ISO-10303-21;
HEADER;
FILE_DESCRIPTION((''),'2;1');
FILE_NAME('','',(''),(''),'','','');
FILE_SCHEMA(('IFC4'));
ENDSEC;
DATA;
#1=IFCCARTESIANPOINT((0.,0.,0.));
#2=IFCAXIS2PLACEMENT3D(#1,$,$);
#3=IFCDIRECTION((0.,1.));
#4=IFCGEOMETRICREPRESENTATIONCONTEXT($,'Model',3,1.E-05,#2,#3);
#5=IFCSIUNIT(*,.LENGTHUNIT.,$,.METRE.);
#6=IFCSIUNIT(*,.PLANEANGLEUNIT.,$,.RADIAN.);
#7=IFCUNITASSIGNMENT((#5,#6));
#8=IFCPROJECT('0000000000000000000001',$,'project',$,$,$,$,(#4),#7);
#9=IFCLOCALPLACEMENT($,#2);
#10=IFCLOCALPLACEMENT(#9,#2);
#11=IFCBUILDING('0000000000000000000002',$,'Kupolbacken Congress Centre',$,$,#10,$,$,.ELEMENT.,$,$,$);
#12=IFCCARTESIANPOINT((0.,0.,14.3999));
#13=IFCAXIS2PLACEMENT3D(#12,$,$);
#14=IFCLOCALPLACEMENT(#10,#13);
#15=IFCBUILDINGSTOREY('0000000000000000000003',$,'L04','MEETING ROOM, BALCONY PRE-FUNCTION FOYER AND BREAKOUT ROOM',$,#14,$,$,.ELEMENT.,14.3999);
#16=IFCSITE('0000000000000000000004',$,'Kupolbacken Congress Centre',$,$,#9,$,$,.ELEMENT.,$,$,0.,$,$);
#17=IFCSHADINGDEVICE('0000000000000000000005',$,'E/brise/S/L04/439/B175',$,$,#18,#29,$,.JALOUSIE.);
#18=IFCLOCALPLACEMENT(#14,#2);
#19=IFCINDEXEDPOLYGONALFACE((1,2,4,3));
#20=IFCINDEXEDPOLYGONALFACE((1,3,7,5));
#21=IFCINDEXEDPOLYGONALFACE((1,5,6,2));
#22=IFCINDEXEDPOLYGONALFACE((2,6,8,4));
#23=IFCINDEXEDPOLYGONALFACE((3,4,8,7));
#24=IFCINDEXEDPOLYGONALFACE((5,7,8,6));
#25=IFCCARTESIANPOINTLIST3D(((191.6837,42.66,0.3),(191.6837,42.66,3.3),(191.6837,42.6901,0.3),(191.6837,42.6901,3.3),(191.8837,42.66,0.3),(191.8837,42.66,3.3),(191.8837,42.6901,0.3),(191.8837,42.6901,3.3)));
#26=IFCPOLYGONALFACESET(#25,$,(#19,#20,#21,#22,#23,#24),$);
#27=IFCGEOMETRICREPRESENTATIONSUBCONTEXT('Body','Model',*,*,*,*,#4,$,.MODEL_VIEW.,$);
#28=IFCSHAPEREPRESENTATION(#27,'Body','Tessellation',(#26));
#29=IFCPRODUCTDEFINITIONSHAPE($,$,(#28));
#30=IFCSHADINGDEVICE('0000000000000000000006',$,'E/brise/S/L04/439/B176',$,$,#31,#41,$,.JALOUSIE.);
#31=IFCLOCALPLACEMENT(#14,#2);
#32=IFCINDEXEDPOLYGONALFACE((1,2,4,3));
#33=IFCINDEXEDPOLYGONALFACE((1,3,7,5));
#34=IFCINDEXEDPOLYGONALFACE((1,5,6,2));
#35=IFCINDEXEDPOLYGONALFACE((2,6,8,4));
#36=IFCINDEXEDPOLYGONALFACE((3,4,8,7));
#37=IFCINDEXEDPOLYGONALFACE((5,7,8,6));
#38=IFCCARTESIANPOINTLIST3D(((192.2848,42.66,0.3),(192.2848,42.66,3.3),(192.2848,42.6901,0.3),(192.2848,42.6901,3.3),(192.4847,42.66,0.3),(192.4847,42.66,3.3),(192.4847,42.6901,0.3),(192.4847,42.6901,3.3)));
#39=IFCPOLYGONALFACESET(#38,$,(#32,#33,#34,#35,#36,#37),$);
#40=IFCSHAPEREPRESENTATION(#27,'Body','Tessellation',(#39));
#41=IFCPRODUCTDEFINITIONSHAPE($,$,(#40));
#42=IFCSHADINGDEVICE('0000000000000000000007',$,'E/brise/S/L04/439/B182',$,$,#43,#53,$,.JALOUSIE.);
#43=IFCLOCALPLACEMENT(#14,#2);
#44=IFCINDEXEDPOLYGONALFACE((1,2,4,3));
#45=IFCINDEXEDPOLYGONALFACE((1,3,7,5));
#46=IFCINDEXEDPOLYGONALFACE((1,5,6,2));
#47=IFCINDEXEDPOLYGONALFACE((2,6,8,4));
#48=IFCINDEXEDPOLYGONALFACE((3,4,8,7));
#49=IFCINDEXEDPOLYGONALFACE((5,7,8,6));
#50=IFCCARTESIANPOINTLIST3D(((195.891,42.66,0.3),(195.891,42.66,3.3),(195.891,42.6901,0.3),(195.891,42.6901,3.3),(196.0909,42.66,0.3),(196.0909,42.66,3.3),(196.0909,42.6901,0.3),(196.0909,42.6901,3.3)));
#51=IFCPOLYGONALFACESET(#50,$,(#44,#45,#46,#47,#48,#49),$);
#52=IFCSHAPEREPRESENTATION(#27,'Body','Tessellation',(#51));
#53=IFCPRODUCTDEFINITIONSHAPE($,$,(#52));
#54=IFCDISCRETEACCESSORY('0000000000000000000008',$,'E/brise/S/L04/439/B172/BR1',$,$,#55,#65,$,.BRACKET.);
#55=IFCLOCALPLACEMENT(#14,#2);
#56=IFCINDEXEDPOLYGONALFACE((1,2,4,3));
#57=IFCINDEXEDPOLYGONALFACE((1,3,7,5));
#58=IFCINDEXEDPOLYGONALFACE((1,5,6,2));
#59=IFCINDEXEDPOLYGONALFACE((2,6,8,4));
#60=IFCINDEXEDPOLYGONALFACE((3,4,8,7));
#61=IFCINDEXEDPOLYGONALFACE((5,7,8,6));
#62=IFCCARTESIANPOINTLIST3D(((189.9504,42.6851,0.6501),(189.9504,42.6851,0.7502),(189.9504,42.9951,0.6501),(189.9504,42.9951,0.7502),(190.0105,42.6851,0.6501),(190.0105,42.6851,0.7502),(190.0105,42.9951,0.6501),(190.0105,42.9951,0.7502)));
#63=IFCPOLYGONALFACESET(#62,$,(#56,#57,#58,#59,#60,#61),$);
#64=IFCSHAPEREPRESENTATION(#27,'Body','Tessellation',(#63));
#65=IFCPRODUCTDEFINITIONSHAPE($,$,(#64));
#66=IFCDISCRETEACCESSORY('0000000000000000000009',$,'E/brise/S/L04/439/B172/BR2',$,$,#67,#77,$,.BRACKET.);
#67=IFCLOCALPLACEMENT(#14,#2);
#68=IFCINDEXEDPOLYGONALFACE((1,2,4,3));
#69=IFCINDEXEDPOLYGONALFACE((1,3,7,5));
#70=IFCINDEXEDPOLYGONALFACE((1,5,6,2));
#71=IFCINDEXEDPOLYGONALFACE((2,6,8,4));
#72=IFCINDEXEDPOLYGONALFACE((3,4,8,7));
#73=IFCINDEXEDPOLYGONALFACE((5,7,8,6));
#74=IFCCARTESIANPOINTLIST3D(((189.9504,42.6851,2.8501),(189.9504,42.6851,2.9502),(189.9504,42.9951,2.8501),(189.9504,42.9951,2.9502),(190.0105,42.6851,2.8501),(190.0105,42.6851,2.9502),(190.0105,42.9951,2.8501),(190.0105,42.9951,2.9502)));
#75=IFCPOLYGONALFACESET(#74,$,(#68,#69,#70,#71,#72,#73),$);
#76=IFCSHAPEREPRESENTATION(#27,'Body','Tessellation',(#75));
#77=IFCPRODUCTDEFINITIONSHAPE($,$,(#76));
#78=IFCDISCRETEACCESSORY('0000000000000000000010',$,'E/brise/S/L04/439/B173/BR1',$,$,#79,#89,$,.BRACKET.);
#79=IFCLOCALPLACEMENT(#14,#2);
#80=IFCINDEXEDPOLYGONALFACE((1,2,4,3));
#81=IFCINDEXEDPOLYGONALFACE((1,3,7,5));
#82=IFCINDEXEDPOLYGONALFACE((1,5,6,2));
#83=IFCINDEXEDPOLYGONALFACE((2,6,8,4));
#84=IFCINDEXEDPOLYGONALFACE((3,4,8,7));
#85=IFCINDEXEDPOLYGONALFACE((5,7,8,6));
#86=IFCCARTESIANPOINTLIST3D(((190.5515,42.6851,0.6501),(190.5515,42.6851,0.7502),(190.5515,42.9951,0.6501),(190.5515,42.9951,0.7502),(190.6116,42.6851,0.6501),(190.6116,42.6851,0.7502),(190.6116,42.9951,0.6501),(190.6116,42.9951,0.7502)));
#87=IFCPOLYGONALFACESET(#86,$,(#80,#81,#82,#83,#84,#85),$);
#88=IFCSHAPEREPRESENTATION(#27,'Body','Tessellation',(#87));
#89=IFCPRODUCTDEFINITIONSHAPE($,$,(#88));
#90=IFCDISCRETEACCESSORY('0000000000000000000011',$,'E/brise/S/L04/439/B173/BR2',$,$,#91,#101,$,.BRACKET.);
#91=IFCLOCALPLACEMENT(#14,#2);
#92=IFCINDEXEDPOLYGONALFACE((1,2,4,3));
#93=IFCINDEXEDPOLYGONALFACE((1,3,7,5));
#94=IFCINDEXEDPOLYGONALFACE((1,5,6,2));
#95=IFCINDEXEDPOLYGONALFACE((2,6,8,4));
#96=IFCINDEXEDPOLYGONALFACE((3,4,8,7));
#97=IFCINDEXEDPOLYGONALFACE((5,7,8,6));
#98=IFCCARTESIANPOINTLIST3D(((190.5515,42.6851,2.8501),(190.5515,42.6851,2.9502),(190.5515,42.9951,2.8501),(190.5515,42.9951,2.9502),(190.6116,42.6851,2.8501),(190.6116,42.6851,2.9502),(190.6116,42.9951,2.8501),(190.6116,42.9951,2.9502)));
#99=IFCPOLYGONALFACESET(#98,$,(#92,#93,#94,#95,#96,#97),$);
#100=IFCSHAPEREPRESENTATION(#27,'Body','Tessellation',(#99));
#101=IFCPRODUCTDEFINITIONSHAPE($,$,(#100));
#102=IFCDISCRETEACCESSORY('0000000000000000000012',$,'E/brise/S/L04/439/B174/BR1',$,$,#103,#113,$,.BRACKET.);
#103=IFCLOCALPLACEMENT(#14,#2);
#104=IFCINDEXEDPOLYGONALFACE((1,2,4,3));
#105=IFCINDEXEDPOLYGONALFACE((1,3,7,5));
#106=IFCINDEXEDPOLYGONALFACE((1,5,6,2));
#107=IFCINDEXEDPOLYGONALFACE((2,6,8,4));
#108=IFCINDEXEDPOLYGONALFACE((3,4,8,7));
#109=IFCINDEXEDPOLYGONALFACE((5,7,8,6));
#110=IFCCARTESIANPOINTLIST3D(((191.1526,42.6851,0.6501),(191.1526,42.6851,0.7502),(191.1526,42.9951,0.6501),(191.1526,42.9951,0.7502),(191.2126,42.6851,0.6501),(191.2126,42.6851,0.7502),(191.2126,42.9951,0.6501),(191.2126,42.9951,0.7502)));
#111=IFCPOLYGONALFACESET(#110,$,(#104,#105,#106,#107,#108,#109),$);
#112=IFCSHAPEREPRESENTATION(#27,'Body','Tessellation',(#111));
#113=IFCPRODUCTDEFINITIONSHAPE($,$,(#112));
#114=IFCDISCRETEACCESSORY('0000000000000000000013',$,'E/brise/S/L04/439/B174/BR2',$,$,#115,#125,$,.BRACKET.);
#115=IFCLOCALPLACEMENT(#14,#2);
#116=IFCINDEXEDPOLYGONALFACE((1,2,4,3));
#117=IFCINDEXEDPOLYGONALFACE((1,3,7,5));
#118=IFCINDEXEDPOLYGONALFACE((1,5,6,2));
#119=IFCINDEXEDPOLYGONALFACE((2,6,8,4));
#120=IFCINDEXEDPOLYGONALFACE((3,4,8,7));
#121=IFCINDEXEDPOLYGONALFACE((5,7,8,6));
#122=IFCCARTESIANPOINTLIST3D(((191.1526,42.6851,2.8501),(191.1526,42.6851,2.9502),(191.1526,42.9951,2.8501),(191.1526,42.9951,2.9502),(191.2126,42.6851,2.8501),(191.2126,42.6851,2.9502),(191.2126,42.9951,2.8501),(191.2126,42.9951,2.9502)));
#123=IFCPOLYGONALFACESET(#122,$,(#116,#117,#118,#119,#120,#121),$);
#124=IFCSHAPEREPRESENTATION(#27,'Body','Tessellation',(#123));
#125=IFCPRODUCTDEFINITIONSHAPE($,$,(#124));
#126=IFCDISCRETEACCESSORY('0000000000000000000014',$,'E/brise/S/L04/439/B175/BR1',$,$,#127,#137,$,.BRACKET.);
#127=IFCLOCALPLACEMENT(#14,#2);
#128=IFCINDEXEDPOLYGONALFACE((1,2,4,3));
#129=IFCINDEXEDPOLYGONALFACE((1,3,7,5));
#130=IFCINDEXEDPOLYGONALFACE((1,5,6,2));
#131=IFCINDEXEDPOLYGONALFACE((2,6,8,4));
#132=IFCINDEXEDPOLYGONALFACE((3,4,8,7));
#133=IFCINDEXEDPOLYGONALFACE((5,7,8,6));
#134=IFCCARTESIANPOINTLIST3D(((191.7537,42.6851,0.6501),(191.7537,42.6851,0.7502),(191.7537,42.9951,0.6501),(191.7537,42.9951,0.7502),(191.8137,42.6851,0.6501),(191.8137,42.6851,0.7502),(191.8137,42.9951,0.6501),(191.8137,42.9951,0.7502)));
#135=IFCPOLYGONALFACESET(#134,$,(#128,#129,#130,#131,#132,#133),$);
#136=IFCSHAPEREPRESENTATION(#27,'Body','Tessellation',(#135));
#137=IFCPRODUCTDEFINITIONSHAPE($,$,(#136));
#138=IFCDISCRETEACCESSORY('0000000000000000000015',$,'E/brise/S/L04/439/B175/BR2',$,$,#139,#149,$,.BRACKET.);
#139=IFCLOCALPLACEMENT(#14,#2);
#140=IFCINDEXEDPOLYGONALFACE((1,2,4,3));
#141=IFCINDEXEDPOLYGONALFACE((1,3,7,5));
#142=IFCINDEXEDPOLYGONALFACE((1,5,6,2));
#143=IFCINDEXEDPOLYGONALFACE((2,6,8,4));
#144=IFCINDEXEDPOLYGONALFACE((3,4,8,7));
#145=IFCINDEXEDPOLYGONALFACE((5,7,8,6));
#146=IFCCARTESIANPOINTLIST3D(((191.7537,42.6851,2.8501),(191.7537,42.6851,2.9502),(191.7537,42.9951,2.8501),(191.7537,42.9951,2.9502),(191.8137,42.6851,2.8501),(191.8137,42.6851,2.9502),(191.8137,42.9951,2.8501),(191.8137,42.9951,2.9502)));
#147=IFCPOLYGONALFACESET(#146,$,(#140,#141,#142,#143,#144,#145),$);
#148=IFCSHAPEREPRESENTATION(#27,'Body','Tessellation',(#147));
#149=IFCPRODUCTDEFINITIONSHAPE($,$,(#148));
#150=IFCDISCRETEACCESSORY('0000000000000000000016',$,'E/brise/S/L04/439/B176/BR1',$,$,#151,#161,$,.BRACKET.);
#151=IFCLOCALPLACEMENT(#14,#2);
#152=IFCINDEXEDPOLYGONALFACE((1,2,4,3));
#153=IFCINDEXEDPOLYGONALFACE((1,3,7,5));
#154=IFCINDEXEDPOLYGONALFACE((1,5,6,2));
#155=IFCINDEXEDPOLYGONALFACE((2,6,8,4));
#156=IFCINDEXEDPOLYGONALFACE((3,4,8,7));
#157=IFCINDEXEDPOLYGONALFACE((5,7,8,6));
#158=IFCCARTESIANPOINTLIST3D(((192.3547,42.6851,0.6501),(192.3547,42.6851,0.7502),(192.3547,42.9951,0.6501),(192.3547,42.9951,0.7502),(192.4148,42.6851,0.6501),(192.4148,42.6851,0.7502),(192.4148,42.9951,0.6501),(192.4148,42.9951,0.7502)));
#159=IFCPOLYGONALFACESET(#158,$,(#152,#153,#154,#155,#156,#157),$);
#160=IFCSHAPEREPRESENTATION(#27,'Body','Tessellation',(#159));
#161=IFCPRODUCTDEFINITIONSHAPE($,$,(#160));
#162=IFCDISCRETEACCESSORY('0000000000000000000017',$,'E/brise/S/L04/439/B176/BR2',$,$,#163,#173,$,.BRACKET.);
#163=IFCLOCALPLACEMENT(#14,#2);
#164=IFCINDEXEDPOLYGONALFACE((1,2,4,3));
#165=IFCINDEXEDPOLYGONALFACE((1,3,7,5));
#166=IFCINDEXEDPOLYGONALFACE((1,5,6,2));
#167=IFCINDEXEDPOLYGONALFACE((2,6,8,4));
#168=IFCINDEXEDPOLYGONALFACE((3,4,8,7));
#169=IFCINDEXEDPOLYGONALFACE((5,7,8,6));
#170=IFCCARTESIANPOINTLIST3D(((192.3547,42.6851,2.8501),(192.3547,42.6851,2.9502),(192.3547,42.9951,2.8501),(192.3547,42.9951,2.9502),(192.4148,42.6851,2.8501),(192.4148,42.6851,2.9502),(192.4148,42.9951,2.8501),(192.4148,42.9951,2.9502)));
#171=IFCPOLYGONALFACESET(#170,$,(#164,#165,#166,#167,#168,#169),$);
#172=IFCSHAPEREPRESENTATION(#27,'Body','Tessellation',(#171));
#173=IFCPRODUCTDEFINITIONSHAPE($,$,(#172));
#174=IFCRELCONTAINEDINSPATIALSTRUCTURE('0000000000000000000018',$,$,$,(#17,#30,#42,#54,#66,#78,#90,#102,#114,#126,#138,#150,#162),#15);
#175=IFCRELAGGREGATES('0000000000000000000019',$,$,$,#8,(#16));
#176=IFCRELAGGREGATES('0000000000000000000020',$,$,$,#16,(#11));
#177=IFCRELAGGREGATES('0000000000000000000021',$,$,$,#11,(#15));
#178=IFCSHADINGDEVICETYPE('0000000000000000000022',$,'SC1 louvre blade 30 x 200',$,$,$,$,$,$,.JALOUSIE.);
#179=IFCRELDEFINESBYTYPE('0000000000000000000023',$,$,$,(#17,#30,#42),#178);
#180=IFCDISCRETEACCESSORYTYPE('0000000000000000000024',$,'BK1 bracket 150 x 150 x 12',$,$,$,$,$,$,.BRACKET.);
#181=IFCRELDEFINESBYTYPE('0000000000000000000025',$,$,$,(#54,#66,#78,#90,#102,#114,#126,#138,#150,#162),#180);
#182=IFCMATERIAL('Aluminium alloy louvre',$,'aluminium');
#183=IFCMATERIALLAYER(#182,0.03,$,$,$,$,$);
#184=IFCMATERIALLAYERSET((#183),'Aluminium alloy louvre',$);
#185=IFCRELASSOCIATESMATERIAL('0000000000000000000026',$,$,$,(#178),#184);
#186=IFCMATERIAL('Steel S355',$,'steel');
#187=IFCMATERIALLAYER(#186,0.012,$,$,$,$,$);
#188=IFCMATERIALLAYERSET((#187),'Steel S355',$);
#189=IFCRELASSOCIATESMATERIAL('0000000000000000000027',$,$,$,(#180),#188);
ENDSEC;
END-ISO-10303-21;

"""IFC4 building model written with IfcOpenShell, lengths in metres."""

from ifc_helpers import new_model, si_unit, direction, frame, origin, origin_2d, place, context, subcontext, project, spatial, rectangle, extrude, material, layer, layer_set, type_object, element, save


model = new_model("IFC4")

# Units and contexts
model_context = context("Model", 3, precision=1e-05, world=origin(), true_north=direction((0.0, 1.0)))
body_context = subcontext(model_context, "Body", "Model", "MODEL_VIEW")
ifc_project = project(units=[si_unit("LENGTHUNIT", "METRE"), si_unit("PLANEANGLEUNIT", "RADIAN")], contexts=[model_context])

# Site, building, storey
site_placement = place(None, origin())
site = spatial("IfcSite", under=ifc_project, at=site_placement, Name="Kupolbacken Congress Centre", CompositionType="ELEMENT", RefElevation=0.0)
building_placement = place(site_placement, origin())
building = spatial("IfcBuilding", under=site, at=building_placement, Name="Kupolbacken Congress Centre", CompositionType="ELEMENT")
storey_placement = place(building_placement, frame((0.0, 0.0, 14.3999)))
storey = spatial("IfcBuildingStorey", under=building, at=storey_placement, Name="L04", Description="MEETING ROOM, BALCONY PRE-FUNCTION FOYER AND BREAKOUT ROOM", CompositionType="ELEMENT", Elevation=14.3999)

# Shading devices
ifc_material_1 = material(Name="Aluminium alloy louvre", Category="aluminium")
ifc_layer_1 = layer(ifc_material_1, 0.03)
ifc_layer_set_1 = layer_set([ifc_layer_1], Name="Aluminium alloy louvre")
shading_device_type = type_object("IfcShadingDeviceType", Name="SC1 louvre blade 30 x 200", PredefinedType="JALOUSIE", material=ifc_layer_set_1)
for number, where, z_axis, x_axis, name in (
    (1, (191.7837, 42.675, 0.3), (0.0, 0.0, 1.0), (1.0, 0.0, 0.0), "E/brise/S/L04/439/B175"),
    (2, (192.3848, 42.675, 0.3), (0.0, 0.0, 1.0), (1.0, 0.0, 0.0), "E/brise/S/L04/439/B176"),
    (3, (195.991, 42.675, 0.3), (0.0, 0.0, 1.0), (1.0, 0.0, 0.0), "E/brise/S/L04/439/B182"),
):
    element("IfcShadingDevice", number, at=place(storey_placement, frame(where, z_axis=z_axis, x_axis=x_axis)), inside=storey, type_object=shading_device_type, Name=name, PredefinedType="JALOUSIE", context=body_context, shape_type="SweptSolid", body=[
        extrude(rectangle(XDim=0.2, YDim=0.03, at=origin_2d()), origin(), (0.0, 0.0, 1.0), 3.0),
    ])

# Discrete accessories
ifc_material_2 = material(Name="Steel S355", Category="steel")
ifc_layer_2 = layer(ifc_material_2, 0.012)
ifc_layer_set_2 = layer_set([ifc_layer_2], Name="Steel S355")
discrete_accessory_type = type_object("IfcDiscreteAccessoryType", Name="BK1 bracket 150 x 150 x 12", PredefinedType="BRACKET", material=ifc_layer_set_2)
for number, where, z_axis, x_axis, name in (
    (4, (189.9805, 42.8401, 0.6501), (0.0, 0.0, 1.0), (1.0, 0.0, 0.0), "E/brise/S/L04/439/B172/BR1"),
    (5, (189.9805, 42.8401, 2.8501), (0.0, 0.0, 1.0), (1.0, 0.0, 0.0), "E/brise/S/L04/439/B172/BR2"),
    (6, (190.5815, 42.8401, 0.6501), (0.0, 0.0, 1.0), (1.0, 0.0, 0.0), "E/brise/S/L04/439/B173/BR1"),
    (7, (190.5815, 42.8401, 2.8501), (0.0, 0.0, 1.0), (1.0, 0.0, 0.0), "E/brise/S/L04/439/B173/BR2"),
    (8, (191.1826, 42.8401, 0.6501), (0.0, 0.0, 1.0), (1.0, 0.0, 0.0), "E/brise/S/L04/439/B174/BR1"),
    (9, (191.1826, 42.8401, 2.8501), (0.0, 0.0, 1.0), (1.0, 0.0, 0.0), "E/brise/S/L04/439/B174/BR2"),
    (10, (191.7837, 42.8401, 0.6501), (0.0, 0.0, 1.0), (1.0, 0.0, 0.0), "E/brise/S/L04/439/B175/BR1"),
    (11, (191.7837, 42.8401, 2.8501), (0.0, 0.0, 1.0), (1.0, 0.0, 0.0), "E/brise/S/L04/439/B175/BR2"),
    (12, (192.3848, 42.8401, 0.6501), (0.0, 0.0, 1.0), (1.0, 0.0, 0.0), "E/brise/S/L04/439/B176/BR1"),
    (13, (192.3848, 42.8401, 2.8501), (0.0, 0.0, 1.0), (1.0, 0.0, 0.0), "E/brise/S/L04/439/B176/BR2"),
):
    element("IfcDiscreteAccessory", number, at=place(storey_placement, frame(where, z_axis=z_axis, x_axis=x_axis)), inside=storey, type_object=discrete_accessory_type, Name=name, PredefinedType="BRACKET", context=body_context, shape_type="SweptSolid", body=[
        extrude(rectangle(XDim=0.0601, YDim=0.3101, at=origin_2d()), origin(), (0.0, 0.0, 1.0), 0.1001),
    ])

save(model, "model.ifc")
